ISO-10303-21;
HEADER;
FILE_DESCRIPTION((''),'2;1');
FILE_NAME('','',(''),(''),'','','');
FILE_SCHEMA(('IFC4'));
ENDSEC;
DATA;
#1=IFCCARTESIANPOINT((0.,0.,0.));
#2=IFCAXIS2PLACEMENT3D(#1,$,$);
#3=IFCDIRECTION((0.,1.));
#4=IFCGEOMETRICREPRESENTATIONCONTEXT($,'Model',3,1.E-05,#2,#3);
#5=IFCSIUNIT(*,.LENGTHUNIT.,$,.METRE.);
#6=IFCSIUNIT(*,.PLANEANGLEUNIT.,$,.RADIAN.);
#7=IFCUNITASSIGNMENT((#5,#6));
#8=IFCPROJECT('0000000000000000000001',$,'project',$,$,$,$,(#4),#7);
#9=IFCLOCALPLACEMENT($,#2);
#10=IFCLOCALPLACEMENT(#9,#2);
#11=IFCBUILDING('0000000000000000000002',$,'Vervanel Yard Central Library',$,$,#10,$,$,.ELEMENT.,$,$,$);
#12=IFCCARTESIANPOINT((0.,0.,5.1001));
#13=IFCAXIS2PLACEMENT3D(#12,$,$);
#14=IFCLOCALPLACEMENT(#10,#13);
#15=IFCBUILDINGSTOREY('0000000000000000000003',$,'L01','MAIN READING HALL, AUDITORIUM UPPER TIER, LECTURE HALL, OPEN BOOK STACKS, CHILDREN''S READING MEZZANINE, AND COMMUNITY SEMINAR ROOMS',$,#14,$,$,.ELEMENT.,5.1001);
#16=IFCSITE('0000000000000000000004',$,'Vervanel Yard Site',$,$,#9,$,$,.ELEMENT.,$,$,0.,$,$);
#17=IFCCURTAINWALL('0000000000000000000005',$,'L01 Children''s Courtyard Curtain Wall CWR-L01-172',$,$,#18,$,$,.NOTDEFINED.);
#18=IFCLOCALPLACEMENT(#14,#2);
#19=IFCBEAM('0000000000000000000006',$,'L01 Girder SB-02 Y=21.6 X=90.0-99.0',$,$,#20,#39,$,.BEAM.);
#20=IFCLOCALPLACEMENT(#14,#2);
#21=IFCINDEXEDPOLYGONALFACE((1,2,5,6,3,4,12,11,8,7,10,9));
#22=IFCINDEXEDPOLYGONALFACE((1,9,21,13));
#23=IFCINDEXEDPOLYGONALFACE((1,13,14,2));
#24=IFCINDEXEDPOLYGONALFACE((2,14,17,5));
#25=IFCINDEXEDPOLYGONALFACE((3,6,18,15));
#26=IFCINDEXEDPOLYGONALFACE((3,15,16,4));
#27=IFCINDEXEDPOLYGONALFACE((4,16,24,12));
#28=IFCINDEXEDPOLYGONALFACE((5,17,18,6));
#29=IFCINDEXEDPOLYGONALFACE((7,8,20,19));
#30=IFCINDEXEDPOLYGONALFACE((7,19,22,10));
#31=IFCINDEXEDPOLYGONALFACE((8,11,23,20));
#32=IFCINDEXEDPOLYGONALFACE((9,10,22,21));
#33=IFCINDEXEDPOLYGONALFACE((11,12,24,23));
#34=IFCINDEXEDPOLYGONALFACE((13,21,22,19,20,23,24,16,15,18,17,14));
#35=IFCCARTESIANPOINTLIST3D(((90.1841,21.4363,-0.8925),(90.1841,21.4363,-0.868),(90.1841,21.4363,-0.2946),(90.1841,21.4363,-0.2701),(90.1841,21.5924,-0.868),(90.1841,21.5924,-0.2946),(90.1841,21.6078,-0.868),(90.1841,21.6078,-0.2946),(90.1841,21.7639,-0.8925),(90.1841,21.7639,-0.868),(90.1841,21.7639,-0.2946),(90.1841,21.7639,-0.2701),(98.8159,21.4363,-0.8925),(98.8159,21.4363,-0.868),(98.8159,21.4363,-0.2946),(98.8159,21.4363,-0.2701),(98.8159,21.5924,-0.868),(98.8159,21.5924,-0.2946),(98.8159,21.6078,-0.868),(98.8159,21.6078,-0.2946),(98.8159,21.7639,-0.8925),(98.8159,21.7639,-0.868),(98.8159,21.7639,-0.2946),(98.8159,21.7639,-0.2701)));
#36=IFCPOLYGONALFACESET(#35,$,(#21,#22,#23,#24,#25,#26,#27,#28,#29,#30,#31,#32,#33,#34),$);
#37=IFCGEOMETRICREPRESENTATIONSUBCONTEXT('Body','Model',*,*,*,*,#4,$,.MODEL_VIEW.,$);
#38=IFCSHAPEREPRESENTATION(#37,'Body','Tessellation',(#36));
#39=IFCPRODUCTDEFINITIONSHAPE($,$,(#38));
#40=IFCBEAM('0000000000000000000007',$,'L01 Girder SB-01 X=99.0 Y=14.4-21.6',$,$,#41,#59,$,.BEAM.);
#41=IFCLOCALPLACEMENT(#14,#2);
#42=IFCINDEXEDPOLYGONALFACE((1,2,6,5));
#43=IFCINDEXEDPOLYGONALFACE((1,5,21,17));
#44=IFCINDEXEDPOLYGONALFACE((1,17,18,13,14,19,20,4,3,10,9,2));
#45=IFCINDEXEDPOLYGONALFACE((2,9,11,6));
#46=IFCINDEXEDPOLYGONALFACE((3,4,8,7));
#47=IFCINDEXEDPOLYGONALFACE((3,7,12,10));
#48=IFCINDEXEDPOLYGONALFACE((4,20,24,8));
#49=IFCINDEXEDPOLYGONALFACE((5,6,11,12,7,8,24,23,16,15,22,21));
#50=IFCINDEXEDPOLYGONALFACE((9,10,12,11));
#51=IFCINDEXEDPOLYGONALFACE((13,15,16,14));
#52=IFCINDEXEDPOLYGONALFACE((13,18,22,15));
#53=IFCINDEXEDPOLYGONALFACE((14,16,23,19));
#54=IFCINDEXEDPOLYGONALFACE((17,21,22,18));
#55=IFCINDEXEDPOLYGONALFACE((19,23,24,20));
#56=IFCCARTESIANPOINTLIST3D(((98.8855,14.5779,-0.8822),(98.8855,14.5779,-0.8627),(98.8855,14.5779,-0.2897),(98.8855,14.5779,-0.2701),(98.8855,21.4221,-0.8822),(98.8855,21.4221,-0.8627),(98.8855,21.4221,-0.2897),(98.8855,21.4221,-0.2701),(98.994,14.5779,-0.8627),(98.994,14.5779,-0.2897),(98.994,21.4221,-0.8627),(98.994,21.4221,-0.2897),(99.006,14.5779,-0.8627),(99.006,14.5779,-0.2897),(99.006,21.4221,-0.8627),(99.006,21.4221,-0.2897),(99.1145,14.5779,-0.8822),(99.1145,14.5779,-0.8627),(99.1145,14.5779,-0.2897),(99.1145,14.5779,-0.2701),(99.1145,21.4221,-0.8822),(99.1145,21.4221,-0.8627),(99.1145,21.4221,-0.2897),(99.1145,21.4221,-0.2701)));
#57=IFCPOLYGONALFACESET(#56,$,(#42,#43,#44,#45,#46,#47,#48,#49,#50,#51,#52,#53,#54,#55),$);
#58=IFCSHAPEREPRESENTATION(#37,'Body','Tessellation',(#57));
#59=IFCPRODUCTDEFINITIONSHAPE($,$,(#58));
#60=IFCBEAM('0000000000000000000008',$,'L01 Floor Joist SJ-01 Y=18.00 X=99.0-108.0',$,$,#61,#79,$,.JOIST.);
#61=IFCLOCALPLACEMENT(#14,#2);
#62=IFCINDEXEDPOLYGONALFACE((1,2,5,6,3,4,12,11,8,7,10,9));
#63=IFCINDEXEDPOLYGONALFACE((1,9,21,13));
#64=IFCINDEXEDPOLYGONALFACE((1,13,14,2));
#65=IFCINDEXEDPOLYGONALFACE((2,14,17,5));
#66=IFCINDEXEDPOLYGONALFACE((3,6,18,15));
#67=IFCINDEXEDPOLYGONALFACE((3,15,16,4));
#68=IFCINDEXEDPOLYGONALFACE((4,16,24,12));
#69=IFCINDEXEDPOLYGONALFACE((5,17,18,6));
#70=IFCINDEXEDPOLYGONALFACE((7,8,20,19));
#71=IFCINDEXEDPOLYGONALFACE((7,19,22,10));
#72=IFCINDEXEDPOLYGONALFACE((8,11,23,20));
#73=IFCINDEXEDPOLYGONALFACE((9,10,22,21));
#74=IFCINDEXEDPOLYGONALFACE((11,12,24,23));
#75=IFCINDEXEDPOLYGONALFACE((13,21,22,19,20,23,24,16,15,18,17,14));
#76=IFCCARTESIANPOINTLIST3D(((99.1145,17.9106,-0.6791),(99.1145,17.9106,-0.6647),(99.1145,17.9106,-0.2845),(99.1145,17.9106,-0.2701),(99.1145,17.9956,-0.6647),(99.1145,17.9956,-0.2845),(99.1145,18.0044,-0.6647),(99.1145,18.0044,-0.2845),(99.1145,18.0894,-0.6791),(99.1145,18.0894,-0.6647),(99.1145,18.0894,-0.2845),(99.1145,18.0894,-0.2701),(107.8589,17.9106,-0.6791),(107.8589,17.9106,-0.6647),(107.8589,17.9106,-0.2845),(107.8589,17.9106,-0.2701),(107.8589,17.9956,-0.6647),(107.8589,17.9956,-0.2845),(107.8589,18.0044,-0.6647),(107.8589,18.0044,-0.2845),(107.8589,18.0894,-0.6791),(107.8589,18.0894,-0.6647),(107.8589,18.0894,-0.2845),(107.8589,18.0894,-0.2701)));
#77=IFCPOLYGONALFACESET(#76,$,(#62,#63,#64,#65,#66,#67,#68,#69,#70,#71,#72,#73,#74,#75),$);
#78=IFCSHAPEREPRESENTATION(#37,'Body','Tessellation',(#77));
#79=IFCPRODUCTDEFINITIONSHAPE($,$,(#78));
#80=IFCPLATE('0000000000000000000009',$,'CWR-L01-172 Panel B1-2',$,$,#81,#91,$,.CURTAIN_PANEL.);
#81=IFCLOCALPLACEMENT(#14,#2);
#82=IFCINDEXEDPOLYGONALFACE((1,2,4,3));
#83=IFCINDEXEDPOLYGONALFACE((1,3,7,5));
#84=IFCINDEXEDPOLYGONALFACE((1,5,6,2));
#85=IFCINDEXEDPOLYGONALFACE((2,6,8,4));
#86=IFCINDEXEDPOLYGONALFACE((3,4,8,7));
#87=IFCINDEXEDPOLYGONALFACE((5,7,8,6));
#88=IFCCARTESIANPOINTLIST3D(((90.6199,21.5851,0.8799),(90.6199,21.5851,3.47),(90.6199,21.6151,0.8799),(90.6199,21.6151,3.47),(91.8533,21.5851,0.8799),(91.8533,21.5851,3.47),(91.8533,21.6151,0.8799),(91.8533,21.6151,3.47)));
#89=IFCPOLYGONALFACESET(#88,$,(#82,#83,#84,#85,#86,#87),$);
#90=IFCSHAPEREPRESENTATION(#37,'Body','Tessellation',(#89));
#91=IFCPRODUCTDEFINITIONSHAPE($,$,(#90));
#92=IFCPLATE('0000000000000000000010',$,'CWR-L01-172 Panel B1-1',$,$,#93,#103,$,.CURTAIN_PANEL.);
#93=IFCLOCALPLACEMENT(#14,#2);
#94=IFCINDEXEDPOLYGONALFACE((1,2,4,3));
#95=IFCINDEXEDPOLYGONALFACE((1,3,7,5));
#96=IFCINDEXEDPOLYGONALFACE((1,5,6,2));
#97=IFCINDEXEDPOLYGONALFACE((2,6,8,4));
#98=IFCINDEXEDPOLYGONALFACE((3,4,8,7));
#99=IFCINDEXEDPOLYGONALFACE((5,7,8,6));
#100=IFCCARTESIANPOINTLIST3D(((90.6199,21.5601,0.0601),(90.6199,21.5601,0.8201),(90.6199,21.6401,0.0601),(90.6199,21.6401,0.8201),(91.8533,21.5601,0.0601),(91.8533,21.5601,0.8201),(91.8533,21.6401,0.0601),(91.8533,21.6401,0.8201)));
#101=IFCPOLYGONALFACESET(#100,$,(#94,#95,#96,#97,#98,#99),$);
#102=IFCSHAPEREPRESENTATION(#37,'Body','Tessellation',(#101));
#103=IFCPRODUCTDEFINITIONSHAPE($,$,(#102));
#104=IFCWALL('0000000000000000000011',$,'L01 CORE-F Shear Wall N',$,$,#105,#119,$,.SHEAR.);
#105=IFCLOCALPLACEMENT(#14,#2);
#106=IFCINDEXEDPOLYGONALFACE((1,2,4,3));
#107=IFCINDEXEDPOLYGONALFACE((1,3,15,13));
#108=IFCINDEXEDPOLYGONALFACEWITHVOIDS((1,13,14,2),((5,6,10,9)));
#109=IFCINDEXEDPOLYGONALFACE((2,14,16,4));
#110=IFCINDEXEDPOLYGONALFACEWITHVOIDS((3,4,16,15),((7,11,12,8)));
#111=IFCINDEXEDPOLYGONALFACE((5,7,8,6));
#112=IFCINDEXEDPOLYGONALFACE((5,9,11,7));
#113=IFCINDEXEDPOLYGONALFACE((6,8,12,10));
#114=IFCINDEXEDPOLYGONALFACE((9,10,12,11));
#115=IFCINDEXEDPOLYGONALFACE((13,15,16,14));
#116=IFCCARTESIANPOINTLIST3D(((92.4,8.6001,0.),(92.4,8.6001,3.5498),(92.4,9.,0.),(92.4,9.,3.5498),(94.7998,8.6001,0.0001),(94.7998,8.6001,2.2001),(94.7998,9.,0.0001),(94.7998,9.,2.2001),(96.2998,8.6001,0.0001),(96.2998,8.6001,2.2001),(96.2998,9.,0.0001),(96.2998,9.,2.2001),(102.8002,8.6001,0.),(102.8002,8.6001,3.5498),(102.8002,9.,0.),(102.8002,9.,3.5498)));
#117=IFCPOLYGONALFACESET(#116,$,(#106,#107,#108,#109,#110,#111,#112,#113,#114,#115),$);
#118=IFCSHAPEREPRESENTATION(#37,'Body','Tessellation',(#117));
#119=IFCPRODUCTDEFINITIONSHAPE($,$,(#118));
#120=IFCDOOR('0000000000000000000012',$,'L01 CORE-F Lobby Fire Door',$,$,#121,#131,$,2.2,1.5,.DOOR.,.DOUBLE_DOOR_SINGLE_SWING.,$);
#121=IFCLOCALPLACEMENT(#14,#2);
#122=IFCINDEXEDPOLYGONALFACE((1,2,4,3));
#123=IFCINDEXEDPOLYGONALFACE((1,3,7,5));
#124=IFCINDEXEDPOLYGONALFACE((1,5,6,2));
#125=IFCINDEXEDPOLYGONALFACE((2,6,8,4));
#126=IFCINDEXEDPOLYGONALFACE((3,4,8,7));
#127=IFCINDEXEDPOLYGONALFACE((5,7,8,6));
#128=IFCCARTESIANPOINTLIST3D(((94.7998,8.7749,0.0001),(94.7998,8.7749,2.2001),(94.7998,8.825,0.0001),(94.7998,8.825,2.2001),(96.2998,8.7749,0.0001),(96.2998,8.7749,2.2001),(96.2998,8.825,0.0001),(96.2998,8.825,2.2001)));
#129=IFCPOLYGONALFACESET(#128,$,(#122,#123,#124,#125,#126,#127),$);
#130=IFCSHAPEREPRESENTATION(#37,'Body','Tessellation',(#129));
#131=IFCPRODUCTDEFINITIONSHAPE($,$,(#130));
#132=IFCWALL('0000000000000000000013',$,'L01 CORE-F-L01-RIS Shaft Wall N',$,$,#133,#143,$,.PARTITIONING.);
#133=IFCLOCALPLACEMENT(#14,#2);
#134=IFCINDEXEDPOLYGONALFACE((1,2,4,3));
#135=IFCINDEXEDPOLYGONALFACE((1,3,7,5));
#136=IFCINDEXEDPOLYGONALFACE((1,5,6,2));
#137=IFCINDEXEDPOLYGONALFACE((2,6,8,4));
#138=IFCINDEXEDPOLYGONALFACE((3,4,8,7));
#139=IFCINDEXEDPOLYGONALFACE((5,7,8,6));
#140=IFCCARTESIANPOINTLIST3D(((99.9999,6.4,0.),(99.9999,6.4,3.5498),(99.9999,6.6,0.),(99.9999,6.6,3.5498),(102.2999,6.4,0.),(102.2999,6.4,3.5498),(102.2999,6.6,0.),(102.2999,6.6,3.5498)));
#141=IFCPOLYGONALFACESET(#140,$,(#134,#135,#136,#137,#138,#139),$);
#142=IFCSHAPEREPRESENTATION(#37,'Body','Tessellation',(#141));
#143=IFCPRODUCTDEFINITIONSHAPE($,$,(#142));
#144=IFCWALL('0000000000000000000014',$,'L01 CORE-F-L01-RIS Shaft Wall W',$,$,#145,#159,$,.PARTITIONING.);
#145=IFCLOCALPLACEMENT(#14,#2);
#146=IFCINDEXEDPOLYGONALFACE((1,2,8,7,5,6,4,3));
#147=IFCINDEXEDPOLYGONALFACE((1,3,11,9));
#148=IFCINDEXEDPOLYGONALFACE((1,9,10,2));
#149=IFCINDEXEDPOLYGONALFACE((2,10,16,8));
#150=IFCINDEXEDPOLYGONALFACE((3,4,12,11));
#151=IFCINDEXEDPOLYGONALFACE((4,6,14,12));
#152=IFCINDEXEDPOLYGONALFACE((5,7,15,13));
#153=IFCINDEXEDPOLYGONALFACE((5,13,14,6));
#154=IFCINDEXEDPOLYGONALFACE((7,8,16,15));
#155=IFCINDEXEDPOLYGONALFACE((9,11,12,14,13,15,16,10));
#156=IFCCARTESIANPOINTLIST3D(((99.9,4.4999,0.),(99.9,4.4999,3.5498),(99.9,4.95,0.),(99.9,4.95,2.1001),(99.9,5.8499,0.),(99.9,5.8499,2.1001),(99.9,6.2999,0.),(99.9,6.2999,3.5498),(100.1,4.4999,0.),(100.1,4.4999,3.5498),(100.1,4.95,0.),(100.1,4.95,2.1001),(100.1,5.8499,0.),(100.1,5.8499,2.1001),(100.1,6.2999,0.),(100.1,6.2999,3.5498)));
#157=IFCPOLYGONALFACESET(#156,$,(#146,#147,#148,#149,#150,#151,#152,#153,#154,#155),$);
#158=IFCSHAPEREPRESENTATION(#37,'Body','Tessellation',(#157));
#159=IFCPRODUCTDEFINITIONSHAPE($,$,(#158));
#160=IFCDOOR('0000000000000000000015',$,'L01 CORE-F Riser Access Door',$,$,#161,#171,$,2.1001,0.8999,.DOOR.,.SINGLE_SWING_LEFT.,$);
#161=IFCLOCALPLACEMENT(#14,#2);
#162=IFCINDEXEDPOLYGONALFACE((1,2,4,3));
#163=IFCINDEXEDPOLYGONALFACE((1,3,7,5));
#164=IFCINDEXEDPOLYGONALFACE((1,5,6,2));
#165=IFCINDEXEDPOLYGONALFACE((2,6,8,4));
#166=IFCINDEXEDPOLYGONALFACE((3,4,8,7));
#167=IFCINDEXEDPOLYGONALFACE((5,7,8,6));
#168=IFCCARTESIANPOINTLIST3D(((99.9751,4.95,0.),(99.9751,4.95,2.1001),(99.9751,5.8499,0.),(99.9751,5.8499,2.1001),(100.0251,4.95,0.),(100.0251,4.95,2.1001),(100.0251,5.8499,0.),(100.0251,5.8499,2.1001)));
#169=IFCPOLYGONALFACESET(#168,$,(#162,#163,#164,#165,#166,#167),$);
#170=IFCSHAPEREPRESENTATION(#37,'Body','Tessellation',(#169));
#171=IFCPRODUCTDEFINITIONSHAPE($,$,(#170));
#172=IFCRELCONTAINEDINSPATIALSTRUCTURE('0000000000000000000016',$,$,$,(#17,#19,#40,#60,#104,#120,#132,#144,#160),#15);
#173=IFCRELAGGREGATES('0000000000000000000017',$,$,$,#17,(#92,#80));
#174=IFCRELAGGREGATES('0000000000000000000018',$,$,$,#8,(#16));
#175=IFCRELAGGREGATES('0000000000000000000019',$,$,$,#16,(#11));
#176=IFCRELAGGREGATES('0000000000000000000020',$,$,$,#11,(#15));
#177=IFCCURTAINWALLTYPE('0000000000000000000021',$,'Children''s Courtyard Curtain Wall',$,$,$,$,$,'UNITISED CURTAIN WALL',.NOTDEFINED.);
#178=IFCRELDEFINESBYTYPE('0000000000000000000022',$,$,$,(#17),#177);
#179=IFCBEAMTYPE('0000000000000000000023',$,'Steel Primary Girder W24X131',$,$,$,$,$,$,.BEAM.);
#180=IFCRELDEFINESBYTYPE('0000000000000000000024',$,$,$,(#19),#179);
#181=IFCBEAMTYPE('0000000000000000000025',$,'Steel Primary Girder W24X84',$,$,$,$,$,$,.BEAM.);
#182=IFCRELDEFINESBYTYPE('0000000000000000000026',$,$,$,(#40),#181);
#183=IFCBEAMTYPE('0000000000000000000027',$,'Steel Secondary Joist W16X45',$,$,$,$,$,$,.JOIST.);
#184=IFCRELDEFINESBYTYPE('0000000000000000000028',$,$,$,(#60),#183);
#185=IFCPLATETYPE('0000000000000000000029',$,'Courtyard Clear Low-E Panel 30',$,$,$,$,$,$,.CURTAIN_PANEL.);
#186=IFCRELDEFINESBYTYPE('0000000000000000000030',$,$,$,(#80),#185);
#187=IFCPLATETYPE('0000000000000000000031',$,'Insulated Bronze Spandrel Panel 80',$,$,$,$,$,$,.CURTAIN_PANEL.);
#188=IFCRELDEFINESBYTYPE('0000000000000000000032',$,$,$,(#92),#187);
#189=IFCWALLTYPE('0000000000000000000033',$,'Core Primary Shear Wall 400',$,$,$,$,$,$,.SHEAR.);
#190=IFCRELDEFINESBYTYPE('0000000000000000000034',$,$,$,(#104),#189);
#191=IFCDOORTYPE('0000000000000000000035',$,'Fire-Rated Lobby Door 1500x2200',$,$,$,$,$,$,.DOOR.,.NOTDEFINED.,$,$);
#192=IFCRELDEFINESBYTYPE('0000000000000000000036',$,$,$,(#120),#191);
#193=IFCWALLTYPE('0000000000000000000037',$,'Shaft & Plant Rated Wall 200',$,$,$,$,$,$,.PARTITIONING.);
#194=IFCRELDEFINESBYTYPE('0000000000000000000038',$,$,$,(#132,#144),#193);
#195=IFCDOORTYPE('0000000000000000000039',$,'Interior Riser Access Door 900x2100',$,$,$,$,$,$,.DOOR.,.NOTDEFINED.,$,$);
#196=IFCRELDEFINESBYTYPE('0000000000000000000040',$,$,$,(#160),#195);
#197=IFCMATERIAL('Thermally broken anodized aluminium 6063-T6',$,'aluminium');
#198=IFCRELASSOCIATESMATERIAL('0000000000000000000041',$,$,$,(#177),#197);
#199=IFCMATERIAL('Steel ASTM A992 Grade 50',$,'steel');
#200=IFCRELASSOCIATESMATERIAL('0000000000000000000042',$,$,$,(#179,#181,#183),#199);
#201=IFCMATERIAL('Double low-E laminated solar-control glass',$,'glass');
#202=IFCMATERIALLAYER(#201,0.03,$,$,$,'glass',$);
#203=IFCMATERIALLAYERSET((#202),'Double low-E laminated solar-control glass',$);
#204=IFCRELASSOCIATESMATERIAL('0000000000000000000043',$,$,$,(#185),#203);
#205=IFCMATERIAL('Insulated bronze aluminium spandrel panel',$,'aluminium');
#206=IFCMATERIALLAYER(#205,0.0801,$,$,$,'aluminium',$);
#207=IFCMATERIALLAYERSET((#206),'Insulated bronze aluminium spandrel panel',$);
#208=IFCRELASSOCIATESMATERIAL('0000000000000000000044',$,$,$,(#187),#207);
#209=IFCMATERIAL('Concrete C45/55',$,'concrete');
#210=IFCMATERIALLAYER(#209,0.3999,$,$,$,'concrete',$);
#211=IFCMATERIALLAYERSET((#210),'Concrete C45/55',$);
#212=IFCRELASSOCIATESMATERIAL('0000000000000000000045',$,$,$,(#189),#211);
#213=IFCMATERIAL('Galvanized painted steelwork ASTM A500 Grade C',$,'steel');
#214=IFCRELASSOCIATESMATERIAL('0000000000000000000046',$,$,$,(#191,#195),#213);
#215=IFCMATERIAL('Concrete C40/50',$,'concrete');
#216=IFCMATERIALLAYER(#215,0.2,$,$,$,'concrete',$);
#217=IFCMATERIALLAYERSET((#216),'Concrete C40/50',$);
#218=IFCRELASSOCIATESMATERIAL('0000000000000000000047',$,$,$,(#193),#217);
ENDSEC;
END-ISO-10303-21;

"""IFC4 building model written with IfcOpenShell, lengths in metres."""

from ifc_helpers import new_model, si_unit, direction, frame, frame_2d, origin, origin_2d, place, context, subcontext, project, spatial, rectangle, i_section, extrude, material, layer, layer_set, material_profile, profile_set, type_object, element, fill, aggregate, save


model = new_model("IFC4")

# Units and contexts
model_context = context("Model", 3, precision=1e-05, world=origin(), true_north=direction((0.0, 1.0)))
body_context = subcontext(model_context, "Body", "Model", "MODEL_VIEW")
ifc_project = project(units=[si_unit("LENGTHUNIT", "METRE"), si_unit("PLANEANGLEUNIT", "RADIAN")], contexts=[model_context])

# Site, building, storey
site_placement = place(None, origin())
site = spatial("IfcSite", under=ifc_project, at=site_placement, Name="Vervanel Yard Site", CompositionType="ELEMENT", RefElevation=0.0)
building_placement = place(site_placement, origin())
building = spatial("IfcBuilding", under=site, at=building_placement, Name="Vervanel Yard Central Library", CompositionType="ELEMENT")
storey_placement = place(building_placement, frame((0.0, 0.0, 5.1001)))
storey = spatial("IfcBuildingStorey", under=building, at=storey_placement, Name="L01", Description="MAIN READING HALL, AUDITORIUM UPPER TIER, LECTURE HALL, OPEN BOOK STACKS, CHILDREN'S READING MEZZANINE, AND COMMUNITY SEMINAR ROOMS", CompositionType="ELEMENT", Elevation=5.1001)

# Shared definitions
ifc_material_1 = material(Name="Steel ASTM A992 Grade 50", Category="steel")

# Curtain wall
ifc_material_2 = material(Name="Thermally broken anodized aluminium 6063-T6", Category="aluminium")
curtain_wall_type = type_object("IfcCurtainWallType", Name="Children's Courtyard Curtain Wall", ElementType="UNITISED CURTAIN WALL", PredefinedType="NOTDEFINED", material=ifc_material_2)
curtain_wall_placement = place(storey_placement, origin())
curtain_wall = element("IfcCurtainWall", 1, at=curtain_wall_placement, inside=storey, type_object=curtain_wall_type, Name="L01 Children's Courtyard Curtain Wall CWR-L01-172", PredefinedType="NOTDEFINED")

# Beams
ifc_material_profile_1 = material_profile(ifc_material_1, i_section(OverallWidth=0.3276, OverallDepth=0.6223, WebThickness=0.0154, FlangeThickness=0.0244, at=origin_2d()), Name="W24X131", Category="steel")
ifc_profile_set_1 = profile_set([ifc_material_profile_1], Name="Steel ASTM A992 Grade 50")
beam_type_1 = type_object("IfcBeamType", Name="Steel Primary Girder W24X131", PredefinedType="BEAM", material=ifc_profile_set_1)
for number, where, z_axis, x_axis, name in (
    (2, (90.1841, 21.6001, -0.5813), (1.0, 0.0, 0.0), (0.0, 1.0, 0.0), "L01 Girder SB-02 Y=21.6 X=90.0-99.0"),
):
    element("IfcBeam", number, at=place(storey_placement, frame(where, z_axis=z_axis, x_axis=x_axis)), inside=storey, type_object=beam_type_1, Name=name, PredefinedType="BEAM", context=body_context, shape_type="SweptSolid", body=[
        extrude(i_section(OverallWidth=0.3276, OverallDepth=0.6223, WebThickness=0.0154, FlangeThickness=0.0244, at=origin_2d()), origin(), (0.0, 0.0, 1.0), 8.6318),
    ])
ifc_material_profile_2 = material_profile(ifc_material_1, i_section(OverallWidth=0.229, OverallDepth=0.6121, WebThickness=0.012, FlangeThickness=0.0195, at=origin_2d()), Name="W24X84", Category="steel")
ifc_profile_set_2 = profile_set([ifc_material_profile_2], Name="Steel ASTM A992 Grade 50")
beam_type_2 = type_object("IfcBeamType", Name="Steel Primary Girder W24X84", PredefinedType="BEAM", material=ifc_profile_set_2)
beam_1_placement = place(storey_placement, frame((99.0, 14.5779, -0.5762), z_axis=(0.0, 1.0, 0.0), x_axis=(-1.0, 0.0, 0.0)))
element("IfcBeam", 3, at=beam_1_placement, inside=storey, type_object=beam_type_2, Name="L01 Girder SB-01 X=99.0 Y=14.4-21.6", PredefinedType="BEAM", context=body_context, shape_type="SweptSolid", body=[
    extrude(i_section(OverallWidth=0.229, OverallDepth=0.6121, WebThickness=0.012, FlangeThickness=0.0195, at=origin_2d()), origin(), (0.0, 0.0, 1.0), 6.8442),
])
ifc_material_profile_3 = material_profile(ifc_material_1, i_section(OverallWidth=0.1787, OverallDepth=0.4089, WebThickness=0.0088, FlangeThickness=0.0144, at=origin_2d()), Name="W16X45", Category="steel")
ifc_profile_set_3 = profile_set([ifc_material_profile_3], Name="Steel ASTM A992 Grade 50")
beam_type_3 = type_object("IfcBeamType", Name="Steel Secondary Joist W16X45", PredefinedType="JOIST", material=ifc_profile_set_3)
beam_2_placement = place(storey_placement, frame((99.1145, 18.0, -0.4746), z_axis=(1.0, 0.0, 0.0), x_axis=(0.0, 1.0, 0.0)))
element("IfcBeam", 4, at=beam_2_placement, inside=storey, type_object=beam_type_3, Name="L01 Floor Joist SJ-01 Y=18.00 X=99.0-108.0", PredefinedType="JOIST", context=body_context, shape_type="SweptSolid", body=[
    extrude(i_section(OverallWidth=0.1787, OverallDepth=0.4089, WebThickness=0.0088, FlangeThickness=0.0144, at=origin_2d()), origin(), (0.0, 0.0, 1.0), 8.7444),
])

# Plates
ifc_material_3 = material(Name="Double low-E laminated solar-control glass", Category="glass")
ifc_layer_1 = layer(ifc_material_3, 0.03, Category="glass")
ifc_layer_set_1 = layer_set([ifc_layer_1], Name="Double low-E laminated solar-control glass")
plate_type_1 = type_object("IfcPlateType", Name="Courtyard Clear Low-E Panel 30", PredefinedType="CURTAIN_PANEL", material=ifc_layer_set_1)
plate_1_placement = place(storey_placement, frame((91.2366, 21.6001, 0.8799), z_axis=(0.0, 0.0, 1.0), x_axis=(1.0, 0.0, 0.0)))
plate_1 = element("IfcPlate", 5, at=plate_1_placement, type_object=plate_type_1, Name="CWR-L01-172 Panel B1-2", PredefinedType="CURTAIN_PANEL", context=body_context, shape_type="SweptSolid", body=[
    extrude(rectangle(XDim=1.2334, YDim=0.03, at=origin_2d()), origin(), (0.0, 0.0, 1.0), 2.5901),
])
ifc_material_4 = material(Name="Insulated bronze aluminium spandrel panel", Category="aluminium")
ifc_layer_2 = layer(ifc_material_4, 0.0801, Category="aluminium")
ifc_layer_set_2 = layer_set([ifc_layer_2], Name="Insulated bronze aluminium spandrel panel")
plate_type_2 = type_object("IfcPlateType", Name="Insulated Bronze Spandrel Panel 80", PredefinedType="CURTAIN_PANEL", material=ifc_layer_set_2)
plate_2_placement = place(storey_placement, frame((91.2366, 21.6001, 0.0601), z_axis=(0.0, 0.0, 1.0), x_axis=(1.0, 0.0, 0.0)))
plate_2 = element("IfcPlate", 6, at=plate_2_placement, type_object=plate_type_2, Name="CWR-L01-172 Panel B1-1", PredefinedType="CURTAIN_PANEL", context=body_context, shape_type="SweptSolid", body=[
    extrude(rectangle(XDim=1.2334, YDim=0.0801, at=origin_2d()), origin(), (0.0, 0.0, 1.0), 0.76),
])
aggregate(curtain_wall, [plate_2, plate_1])

# Wall, opening, door
ifc_material_5 = material(Name="Concrete C45/55", Category="concrete")
ifc_layer_3 = layer(ifc_material_5, 0.3999, Category="concrete")
ifc_layer_set_3 = layer_set([ifc_layer_3], Name="Concrete C45/55")
wall_type_1 = type_object("IfcWallType", Name="Core Primary Shear Wall 400", PredefinedType="SHEAR", material=ifc_layer_set_3)
wall_1_placement = place(storey_placement, frame((92.3999, 8.8, 0.0), z_axis=(0.0, 0.0, 1.0), x_axis=(1.0, 0.0, 0.0)))
wall_1 = element("IfcWall", 7, at=wall_1_placement, inside=storey, type_object=wall_type_1, Name="L01 CORE-F Shear Wall N", PredefinedType="SHEAR", context=body_context, shape_type="SweptSolid", body=[
    extrude(rectangle(XDim=10.4001, YDim=0.3999, at=frame_2d((5.2002, 0.0))), origin(), (0.0, 0.0, 1.0), 3.5498),
])
opening_1_placement = place(wall_1_placement, frame((2.3999, 0.0, 0.0)))
opening_1 = element("IfcOpeningElement", 8, at=opening_1_placement, cuts=wall_1, PredefinedType="OPENING", context=body_context, shape_type="SweptSolid", body=[
    extrude(rectangle(XDim=1.5, YDim=2.2, at=frame_2d((0.75, 1.1001))), frame((0.0, 0.21, 0.0), z_axis=(0.0, -1.0, 0.0), x_axis=(1.0, 0.0, 0.0)), (0.0, 0.0, 1.0), 0.4199),
])
ifc_material_6 = material(Name="Galvanized painted steelwork ASTM A500 Grade C", Category="steel")
door_type_1 = type_object("IfcDoorType", Name="Fire-Rated Lobby Door 1500x2200", OperationType="NOTDEFINED", PredefinedType="DOOR", material=ifc_material_6)
door_1_placement = place(opening_1_placement, origin())
door_1 = element("IfcDoor", 9, at=door_1_placement, inside=storey, type_object=door_type_1, Name="L01 CORE-F Lobby Fire Door", OperationType="DOUBLE_DOOR_SINGLE_SWING", OverallHeight=2.2, OverallWidth=1.5, PredefinedType="DOOR", context=body_context, shape_type="SweptSolid", body=[
    extrude(rectangle(XDim=1.5, YDim=2.2, at=frame_2d((0.75, 1.1001))), frame((0.0, 0.0249, 0.0), z_axis=(0.0, -1.0, 0.0), x_axis=(1.0, 0.0, 0.0)), (0.0, 0.0, 1.0), 0.05),
])
fill(opening_1, door_1)

# Wall
ifc_material_7 = material(Name="Concrete C40/50", Category="concrete")
ifc_layer_4 = layer(ifc_material_7, 0.2, Category="concrete")
ifc_layer_set_4 = layer_set([ifc_layer_4], Name="Concrete C40/50")
wall_type_2 = type_object("IfcWallType", Name="Shaft & Plant Rated Wall 200", PredefinedType="PARTITIONING", material=ifc_layer_set_4)
wall_2_placement = place(storey_placement, frame((100.0, 6.5, 0.0), z_axis=(0.0, 0.0, 1.0), x_axis=(1.0, 0.0, 0.0)))
element("IfcWall", 10, at=wall_2_placement, inside=storey, type_object=wall_type_2, Name="L01 CORE-F-L01-RIS Shaft Wall N", PredefinedType="PARTITIONING", context=body_context, shape_type="SweptSolid", body=[
    extrude(rectangle(XDim=2.3, YDim=0.2, at=frame_2d((1.1499, 0.0))), origin(), (0.0, 0.0, 1.0), 3.5498),
])

# Wall, opening, door
wall_3_placement = place(storey_placement, frame((100.0, 4.5, 0.0), z_axis=(0.0, 0.0, 1.0), x_axis=(0.0, 1.0, 0.0)))
wall_3 = element("IfcWall", 11, at=wall_3_placement, inside=storey, type_object=wall_type_2, Name="L01 CORE-F-L01-RIS Shaft Wall W", PredefinedType="PARTITIONING", context=body_context, shape_type="SweptSolid", body=[
    extrude(rectangle(XDim=1.8, YDim=0.2, at=frame_2d((0.8999, 0.0))), origin(), (0.0, 0.0, 1.0), 3.5498),
])
opening_2_placement = place(wall_3_placement, frame((0.45, 0.0, 0.0)))
opening_2 = element("IfcOpeningElement", 12, at=opening_2_placement, cuts=wall_3, PredefinedType="OPENING", context=body_context, shape_type="SweptSolid", body=[
    extrude(rectangle(XDim=0.8999, YDim=2.1001, at=frame_2d((0.45, 1.05))), frame((0.0, 0.1099, 0.0), z_axis=(0.0, -1.0, 0.0), x_axis=(1.0, 0.0, 0.0)), (0.0, 0.0, 1.0), 0.22),
])
door_type_2 = type_object("IfcDoorType", Name="Interior Riser Access Door 900x2100", OperationType="NOTDEFINED", PredefinedType="DOOR", material=ifc_material_6)
door_2_placement = place(opening_2_placement, origin())
door_2 = element("IfcDoor", 13, at=door_2_placement, inside=storey, type_object=door_type_2, Name="L01 CORE-F Riser Access Door", OperationType="SINGLE_SWING_LEFT", OverallHeight=2.1001, OverallWidth=0.8999, PredefinedType="DOOR", context=body_context, shape_type="SweptSolid", body=[
    extrude(rectangle(XDim=0.8999, YDim=2.1001, at=frame_2d((0.45, 1.05))), frame((0.0, 0.0249, 0.0), z_axis=(0.0, -1.0, 0.0), x_axis=(1.0, 0.0, 0.0)), (0.0, 0.0, 1.0), 0.05),
])
fill(opening_2, door_2)

save(model, "model.ifc")
